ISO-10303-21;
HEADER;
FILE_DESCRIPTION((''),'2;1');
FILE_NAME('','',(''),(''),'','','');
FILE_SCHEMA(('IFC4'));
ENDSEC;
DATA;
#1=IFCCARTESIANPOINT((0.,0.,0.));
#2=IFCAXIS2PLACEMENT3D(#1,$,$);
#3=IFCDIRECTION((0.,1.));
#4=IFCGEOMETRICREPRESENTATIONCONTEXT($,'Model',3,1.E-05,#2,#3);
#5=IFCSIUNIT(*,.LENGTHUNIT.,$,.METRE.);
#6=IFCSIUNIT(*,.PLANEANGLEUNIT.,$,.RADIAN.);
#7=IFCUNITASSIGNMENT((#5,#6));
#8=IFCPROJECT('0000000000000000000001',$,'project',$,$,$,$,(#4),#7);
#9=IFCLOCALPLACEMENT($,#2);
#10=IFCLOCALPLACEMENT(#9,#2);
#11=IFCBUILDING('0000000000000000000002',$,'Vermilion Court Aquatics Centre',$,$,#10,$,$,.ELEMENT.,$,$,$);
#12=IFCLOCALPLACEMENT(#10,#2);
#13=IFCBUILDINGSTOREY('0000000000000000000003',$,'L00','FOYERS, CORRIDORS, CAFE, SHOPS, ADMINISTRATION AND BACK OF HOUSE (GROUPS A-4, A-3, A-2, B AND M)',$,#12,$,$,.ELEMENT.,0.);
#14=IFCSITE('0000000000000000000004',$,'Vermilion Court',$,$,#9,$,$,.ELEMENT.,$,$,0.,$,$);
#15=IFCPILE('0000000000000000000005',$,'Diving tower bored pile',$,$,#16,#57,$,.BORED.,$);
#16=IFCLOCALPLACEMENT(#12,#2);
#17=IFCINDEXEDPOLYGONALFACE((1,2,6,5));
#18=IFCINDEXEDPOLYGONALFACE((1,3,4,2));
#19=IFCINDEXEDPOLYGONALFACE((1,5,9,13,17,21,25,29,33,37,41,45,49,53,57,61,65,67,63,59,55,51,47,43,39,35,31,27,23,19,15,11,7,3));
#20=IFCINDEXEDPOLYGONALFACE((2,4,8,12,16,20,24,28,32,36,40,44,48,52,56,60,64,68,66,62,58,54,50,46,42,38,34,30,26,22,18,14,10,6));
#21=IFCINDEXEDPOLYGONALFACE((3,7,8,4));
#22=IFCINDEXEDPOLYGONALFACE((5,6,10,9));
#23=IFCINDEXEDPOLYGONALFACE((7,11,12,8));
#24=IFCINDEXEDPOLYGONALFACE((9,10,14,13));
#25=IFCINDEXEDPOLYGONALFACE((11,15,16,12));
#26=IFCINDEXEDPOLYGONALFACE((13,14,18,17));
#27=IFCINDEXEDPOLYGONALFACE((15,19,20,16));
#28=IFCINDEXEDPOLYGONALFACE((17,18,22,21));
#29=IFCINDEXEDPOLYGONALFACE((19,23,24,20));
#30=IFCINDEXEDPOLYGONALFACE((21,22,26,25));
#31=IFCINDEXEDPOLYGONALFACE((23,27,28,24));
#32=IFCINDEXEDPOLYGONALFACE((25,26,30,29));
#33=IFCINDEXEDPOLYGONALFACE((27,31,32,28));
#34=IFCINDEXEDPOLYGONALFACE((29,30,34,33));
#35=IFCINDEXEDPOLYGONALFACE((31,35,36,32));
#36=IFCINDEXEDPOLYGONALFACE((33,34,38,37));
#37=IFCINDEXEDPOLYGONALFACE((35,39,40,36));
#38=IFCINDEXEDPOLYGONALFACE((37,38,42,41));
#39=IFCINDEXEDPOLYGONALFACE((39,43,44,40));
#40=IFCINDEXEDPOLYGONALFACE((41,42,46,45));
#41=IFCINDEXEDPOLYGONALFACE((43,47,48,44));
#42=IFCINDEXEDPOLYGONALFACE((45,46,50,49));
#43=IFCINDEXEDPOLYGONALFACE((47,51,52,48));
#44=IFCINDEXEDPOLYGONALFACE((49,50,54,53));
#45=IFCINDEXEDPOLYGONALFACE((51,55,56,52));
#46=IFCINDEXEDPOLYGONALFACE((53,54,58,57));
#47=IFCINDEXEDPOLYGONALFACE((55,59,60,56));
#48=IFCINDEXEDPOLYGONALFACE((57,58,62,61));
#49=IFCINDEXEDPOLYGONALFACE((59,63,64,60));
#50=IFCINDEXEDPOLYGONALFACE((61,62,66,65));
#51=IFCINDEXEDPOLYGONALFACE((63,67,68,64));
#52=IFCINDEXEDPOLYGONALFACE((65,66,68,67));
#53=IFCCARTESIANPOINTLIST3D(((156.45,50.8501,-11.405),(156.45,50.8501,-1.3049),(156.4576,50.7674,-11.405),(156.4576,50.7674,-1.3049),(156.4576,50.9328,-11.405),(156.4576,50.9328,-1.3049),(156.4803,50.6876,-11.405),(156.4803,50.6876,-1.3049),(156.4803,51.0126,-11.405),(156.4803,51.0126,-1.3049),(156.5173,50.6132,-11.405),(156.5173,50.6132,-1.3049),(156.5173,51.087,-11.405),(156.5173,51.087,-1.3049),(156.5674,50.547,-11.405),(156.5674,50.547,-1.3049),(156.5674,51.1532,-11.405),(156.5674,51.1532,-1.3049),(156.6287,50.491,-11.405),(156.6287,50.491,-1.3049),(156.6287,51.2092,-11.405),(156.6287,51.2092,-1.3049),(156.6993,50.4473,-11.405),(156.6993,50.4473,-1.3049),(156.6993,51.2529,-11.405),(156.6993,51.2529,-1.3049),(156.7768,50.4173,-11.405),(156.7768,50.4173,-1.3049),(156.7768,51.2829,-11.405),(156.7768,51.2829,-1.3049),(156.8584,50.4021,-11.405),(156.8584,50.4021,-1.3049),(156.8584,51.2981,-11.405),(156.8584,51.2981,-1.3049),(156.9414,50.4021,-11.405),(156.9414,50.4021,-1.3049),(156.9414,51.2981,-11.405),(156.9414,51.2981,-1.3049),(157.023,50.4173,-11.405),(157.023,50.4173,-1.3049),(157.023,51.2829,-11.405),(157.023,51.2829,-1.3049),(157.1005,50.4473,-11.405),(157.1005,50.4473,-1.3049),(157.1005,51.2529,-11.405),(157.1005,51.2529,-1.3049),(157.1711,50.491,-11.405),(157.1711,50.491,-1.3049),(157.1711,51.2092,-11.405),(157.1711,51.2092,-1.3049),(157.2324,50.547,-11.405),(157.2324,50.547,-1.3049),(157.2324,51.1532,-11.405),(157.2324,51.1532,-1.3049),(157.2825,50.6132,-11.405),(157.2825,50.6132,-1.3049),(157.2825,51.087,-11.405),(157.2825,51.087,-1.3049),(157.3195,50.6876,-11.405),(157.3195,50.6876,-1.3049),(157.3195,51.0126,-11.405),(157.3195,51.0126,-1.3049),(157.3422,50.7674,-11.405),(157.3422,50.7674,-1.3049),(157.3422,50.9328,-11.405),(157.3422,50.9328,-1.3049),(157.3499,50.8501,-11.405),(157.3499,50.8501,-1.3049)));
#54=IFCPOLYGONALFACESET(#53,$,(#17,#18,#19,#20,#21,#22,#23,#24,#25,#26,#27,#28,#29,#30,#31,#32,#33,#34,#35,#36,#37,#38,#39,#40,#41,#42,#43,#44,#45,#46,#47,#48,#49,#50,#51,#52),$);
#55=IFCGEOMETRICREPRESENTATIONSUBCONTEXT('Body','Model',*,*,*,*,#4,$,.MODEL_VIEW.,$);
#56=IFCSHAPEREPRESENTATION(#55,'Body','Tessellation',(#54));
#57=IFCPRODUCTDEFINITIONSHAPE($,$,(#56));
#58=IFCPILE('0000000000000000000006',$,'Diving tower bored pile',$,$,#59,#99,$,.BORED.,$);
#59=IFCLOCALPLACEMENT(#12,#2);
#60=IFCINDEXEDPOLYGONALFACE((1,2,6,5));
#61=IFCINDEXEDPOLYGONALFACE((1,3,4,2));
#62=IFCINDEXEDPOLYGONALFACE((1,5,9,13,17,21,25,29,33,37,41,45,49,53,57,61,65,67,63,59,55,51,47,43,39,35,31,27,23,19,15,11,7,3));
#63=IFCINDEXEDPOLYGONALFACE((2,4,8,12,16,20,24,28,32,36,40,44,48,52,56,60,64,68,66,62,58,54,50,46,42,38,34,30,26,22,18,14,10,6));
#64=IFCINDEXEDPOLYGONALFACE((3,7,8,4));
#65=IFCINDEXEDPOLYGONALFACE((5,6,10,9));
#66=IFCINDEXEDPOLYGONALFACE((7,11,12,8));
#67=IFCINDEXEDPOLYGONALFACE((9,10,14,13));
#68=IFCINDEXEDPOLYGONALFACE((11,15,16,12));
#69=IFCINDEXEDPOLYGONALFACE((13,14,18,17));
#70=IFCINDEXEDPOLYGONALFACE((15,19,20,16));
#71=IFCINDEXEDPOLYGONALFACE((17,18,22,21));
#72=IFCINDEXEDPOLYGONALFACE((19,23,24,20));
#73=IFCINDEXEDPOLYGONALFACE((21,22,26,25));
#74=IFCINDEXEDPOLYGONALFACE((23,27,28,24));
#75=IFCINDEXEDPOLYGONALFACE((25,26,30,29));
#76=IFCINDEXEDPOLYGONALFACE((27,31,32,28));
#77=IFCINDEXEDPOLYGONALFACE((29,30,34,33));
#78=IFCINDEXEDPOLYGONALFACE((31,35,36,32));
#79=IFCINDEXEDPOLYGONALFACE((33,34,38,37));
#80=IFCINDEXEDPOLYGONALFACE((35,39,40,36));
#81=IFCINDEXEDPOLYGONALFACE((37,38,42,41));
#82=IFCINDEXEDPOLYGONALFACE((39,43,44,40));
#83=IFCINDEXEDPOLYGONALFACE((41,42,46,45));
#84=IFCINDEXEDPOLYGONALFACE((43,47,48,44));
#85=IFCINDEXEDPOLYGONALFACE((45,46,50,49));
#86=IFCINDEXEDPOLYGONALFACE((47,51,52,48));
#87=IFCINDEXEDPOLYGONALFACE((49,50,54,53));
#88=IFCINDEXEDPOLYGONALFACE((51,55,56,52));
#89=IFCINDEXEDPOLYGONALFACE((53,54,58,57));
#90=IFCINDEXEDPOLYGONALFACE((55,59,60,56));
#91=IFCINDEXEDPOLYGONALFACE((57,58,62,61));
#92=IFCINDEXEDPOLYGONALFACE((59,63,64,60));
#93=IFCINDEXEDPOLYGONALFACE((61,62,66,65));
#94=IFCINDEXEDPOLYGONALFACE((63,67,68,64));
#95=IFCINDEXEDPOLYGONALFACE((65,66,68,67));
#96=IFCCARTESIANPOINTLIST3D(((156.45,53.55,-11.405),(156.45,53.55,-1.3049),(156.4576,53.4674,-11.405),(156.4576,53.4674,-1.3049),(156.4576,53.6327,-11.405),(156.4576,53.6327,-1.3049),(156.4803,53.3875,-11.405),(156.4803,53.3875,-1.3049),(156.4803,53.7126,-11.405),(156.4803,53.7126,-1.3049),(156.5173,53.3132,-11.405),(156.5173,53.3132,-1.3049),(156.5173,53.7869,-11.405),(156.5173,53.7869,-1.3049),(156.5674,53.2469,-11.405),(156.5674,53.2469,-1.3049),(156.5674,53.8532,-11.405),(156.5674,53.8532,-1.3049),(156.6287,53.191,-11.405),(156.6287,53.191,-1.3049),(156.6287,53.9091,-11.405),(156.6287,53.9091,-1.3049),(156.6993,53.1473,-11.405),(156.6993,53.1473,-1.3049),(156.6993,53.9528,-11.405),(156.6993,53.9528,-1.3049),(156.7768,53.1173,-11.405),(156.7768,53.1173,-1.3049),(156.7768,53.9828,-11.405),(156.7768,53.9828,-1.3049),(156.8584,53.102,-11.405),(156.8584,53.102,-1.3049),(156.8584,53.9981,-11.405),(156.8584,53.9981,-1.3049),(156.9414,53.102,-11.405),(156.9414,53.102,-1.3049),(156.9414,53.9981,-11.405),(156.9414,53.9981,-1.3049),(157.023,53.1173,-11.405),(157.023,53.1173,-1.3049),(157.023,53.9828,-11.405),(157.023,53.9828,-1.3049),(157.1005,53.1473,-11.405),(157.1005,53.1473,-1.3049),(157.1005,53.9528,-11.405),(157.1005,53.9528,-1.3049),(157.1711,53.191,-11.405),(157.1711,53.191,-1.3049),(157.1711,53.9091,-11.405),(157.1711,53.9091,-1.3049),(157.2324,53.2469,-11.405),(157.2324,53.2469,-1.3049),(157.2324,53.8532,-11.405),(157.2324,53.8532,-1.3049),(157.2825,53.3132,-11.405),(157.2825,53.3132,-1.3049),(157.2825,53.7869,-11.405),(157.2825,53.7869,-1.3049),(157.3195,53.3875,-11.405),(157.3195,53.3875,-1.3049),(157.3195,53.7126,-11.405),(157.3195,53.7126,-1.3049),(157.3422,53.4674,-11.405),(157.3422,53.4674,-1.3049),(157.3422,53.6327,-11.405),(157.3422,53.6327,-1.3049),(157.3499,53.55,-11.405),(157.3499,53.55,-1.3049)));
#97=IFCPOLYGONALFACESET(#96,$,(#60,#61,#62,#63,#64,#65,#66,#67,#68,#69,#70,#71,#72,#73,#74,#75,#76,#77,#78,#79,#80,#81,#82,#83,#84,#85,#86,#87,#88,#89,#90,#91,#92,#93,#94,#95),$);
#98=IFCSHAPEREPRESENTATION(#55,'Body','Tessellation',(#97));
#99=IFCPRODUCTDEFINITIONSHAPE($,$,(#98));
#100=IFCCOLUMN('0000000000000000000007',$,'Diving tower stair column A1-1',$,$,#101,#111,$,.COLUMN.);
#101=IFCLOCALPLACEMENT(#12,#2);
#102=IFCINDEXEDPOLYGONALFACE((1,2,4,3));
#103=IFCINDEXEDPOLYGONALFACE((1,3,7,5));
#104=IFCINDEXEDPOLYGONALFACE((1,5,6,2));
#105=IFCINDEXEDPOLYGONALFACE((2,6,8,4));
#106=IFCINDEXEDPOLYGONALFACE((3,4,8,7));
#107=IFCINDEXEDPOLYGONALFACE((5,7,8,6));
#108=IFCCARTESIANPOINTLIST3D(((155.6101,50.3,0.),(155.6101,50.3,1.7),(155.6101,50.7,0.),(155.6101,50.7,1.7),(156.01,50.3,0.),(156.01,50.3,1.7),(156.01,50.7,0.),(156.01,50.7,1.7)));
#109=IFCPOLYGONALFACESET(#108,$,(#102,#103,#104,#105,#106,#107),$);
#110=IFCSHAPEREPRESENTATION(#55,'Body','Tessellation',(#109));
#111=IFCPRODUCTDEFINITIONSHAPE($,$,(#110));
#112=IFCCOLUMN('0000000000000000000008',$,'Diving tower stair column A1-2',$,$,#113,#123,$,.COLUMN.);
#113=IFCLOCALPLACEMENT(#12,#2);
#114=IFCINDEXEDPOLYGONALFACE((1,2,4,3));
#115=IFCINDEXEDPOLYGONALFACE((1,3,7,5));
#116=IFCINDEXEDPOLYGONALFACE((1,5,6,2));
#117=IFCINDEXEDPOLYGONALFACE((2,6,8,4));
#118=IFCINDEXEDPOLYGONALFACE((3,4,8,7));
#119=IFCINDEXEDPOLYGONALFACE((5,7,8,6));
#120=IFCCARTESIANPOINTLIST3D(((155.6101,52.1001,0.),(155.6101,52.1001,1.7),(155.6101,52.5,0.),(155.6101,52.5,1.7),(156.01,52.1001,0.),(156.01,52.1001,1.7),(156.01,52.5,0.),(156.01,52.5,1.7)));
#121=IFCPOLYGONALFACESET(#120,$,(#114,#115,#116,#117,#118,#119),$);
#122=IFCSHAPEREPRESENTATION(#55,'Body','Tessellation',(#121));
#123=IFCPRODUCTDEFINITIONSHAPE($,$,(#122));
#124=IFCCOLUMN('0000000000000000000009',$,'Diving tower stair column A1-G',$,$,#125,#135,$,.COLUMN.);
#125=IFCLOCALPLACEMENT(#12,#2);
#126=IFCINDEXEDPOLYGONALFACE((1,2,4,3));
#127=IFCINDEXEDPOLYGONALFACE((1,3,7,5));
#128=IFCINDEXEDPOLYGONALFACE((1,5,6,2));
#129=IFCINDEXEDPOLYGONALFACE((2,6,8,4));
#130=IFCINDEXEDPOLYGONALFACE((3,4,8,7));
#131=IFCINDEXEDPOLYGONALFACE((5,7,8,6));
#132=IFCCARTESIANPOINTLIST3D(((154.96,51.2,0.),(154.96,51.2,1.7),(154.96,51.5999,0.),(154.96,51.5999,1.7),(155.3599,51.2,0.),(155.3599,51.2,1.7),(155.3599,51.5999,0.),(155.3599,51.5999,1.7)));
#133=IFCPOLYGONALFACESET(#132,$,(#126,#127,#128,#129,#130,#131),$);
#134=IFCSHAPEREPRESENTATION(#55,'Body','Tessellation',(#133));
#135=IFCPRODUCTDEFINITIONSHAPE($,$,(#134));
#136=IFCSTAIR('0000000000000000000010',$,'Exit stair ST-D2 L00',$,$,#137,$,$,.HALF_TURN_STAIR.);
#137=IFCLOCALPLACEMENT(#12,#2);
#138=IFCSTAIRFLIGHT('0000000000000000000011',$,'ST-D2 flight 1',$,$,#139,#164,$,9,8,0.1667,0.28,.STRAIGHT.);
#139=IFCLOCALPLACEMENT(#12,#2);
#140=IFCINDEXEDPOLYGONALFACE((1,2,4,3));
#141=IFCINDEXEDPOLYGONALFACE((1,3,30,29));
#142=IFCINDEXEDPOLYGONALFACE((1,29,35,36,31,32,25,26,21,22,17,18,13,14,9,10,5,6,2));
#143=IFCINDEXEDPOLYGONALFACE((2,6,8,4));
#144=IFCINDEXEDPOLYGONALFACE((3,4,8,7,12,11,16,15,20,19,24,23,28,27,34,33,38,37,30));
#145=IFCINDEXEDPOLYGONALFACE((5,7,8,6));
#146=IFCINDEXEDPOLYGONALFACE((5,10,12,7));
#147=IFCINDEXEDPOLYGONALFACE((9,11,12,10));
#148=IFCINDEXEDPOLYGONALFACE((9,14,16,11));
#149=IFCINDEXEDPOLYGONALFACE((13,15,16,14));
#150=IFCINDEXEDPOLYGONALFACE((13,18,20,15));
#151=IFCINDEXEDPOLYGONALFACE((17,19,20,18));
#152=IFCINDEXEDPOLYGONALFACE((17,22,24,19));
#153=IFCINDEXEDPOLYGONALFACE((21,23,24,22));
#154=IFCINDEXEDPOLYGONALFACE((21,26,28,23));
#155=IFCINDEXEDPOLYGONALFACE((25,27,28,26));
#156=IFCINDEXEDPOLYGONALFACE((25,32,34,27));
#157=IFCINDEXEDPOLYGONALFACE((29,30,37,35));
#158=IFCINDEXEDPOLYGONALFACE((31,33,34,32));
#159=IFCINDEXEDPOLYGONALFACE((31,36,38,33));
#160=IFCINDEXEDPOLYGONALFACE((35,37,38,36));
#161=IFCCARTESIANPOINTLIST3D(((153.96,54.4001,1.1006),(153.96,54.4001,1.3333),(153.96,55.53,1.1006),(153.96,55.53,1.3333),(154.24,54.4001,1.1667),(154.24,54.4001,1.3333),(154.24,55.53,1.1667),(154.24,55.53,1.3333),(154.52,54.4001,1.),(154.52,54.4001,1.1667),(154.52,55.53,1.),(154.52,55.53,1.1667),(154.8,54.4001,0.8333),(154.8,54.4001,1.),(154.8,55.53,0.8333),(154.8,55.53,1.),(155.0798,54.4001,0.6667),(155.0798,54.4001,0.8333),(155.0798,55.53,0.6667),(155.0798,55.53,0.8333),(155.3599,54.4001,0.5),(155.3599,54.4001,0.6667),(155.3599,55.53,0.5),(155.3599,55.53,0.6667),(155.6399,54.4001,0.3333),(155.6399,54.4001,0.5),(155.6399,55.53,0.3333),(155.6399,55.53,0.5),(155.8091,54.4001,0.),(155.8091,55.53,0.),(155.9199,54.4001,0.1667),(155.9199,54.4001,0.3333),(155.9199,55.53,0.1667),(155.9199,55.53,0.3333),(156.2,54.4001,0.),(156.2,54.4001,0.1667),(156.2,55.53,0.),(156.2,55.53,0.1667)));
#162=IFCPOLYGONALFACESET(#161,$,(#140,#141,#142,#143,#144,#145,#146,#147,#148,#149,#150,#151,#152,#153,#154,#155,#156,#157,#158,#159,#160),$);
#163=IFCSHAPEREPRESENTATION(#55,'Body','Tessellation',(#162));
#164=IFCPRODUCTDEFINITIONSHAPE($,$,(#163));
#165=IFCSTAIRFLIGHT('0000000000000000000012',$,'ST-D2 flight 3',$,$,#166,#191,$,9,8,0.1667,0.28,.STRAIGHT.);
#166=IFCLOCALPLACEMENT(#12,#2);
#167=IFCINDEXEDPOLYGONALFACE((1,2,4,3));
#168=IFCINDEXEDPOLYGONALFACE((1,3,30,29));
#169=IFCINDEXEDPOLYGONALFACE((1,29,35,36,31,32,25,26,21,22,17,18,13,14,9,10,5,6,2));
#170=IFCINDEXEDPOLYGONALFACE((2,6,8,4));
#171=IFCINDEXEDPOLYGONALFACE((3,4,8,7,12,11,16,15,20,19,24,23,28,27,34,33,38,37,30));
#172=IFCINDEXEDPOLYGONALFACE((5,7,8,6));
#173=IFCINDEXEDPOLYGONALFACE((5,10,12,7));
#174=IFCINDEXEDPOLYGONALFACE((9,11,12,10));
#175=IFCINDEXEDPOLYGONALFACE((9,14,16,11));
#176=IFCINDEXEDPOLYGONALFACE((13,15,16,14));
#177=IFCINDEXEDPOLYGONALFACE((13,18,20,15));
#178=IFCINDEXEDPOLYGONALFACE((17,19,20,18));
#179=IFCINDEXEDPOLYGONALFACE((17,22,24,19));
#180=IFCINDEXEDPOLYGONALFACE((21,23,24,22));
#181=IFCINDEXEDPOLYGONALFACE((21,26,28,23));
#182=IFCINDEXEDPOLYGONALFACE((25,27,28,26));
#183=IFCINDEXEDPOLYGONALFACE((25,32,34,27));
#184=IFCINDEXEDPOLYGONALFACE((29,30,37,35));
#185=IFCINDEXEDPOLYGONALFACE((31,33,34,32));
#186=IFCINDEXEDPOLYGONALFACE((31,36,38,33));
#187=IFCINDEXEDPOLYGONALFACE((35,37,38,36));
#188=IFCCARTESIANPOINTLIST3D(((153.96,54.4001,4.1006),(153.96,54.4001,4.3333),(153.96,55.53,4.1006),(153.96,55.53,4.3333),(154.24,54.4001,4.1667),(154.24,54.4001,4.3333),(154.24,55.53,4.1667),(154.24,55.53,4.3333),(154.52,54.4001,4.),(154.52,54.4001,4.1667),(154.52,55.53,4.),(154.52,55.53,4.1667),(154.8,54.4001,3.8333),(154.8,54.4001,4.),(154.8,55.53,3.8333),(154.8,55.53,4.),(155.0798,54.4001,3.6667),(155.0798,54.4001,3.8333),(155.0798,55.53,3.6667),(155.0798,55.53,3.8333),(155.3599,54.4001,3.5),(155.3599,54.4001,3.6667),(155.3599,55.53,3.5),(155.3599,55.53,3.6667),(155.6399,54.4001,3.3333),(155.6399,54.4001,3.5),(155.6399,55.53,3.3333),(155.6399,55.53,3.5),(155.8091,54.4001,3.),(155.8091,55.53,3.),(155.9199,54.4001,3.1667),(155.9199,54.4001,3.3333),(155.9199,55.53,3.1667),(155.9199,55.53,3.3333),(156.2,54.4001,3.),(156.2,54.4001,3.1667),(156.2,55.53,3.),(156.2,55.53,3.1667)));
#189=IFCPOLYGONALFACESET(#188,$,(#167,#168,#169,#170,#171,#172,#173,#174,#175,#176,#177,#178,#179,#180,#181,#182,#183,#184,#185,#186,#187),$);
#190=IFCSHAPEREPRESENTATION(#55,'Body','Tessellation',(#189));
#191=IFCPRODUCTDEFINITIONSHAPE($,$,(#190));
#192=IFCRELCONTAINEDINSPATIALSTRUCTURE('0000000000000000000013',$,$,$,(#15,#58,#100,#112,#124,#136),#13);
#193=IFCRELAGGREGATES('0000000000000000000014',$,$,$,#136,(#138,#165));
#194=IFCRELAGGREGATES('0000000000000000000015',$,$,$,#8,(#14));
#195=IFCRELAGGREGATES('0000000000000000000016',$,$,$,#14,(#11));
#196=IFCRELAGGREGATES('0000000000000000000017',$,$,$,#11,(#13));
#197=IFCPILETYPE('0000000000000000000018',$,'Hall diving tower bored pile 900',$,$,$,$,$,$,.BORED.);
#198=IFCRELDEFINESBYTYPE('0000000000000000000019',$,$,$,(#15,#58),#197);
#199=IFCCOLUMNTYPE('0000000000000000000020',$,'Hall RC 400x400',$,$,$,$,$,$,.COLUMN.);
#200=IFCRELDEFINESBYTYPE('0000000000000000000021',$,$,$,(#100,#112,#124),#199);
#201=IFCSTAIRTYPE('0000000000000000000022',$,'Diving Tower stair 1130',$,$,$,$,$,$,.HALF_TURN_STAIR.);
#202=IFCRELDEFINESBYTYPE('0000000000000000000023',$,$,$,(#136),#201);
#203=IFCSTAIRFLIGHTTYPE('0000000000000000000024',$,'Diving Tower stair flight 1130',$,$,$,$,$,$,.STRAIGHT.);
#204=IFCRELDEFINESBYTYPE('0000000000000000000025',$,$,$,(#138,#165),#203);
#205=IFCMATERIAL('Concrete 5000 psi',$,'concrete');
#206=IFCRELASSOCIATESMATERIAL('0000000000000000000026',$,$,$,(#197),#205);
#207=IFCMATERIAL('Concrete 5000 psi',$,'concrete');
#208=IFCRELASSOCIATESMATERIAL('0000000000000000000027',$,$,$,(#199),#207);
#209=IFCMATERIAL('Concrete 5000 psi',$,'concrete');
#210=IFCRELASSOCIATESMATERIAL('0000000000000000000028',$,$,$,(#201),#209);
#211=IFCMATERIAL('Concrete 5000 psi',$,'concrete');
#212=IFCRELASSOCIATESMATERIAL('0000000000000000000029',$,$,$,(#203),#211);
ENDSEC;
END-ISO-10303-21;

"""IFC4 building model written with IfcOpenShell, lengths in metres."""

from ifc_helpers import new_model, si_unit, direction, frame, origin, origin_2d, place, context, subcontext, project, spatial, polyline, rectangle, circle, outline, extrude, material, material_profile, profile_set, type_object, element, aggregate, save


model = new_model("IFC4")

# Units and contexts
model_context = context("Model", 3, precision=1e-05, world=origin(), true_north=direction((0.0, 1.0)))
body_context = subcontext(model_context, "Body", "Model", "MODEL_VIEW")
ifc_project = project(units=[si_unit("LENGTHUNIT", "METRE"), si_unit("PLANEANGLEUNIT", "RADIAN")], contexts=[model_context])

# Site, building, storey
site_placement = place(None, origin())
site = spatial("IfcSite", under=ifc_project, at=site_placement, Name="Vermilion Court", CompositionType="ELEMENT", RefElevation=0.0)
building_placement = place(site_placement, origin())
building = spatial("IfcBuilding", under=site, at=building_placement, Name="Vermilion Court Aquatics Centre", CompositionType="ELEMENT")
storey_placement = place(building_placement, origin())
storey = spatial("IfcBuildingStorey", under=building, at=storey_placement, Name="L00", Description="FOYERS, CORRIDORS, CAFE, SHOPS, ADMINISTRATION AND BACK OF HOUSE (GROUPS A-4, A-3, A-2, B AND M)", CompositionType="ELEMENT", Elevation=0.0)

# Piles
ifc_material_1 = material(Name="Concrete 5000 psi", Category="concrete")
ifc_material_profile_1 = material_profile(ifc_material_1, circle(Radius=0.45, at=origin_2d()), Name="D900")
ifc_profile_set_1 = profile_set([ifc_material_profile_1], Name="Concrete 5000 psi")
pile_type = type_object("IfcPileType", Name="Hall diving tower bored pile 900", PredefinedType="BORED", material=ifc_profile_set_1)
for number, where, z_axis, x_axis, name in (
    (1, (156.8999, 50.8501, -1.3049), (0.0, 0.0, -1.0), (1.0, 0.0, 0.0), "Diving tower bored pile"),
    (2, (156.8999, 53.55, -1.3049), (0.0, 0.0, -1.0), (1.0, 0.0, 0.0), "Diving tower bored pile"),
):
    element("IfcPile", number, at=place(storey_placement, frame(where, z_axis=z_axis, x_axis=x_axis)), inside=storey, type_object=pile_type, Name=name, PredefinedType="BORED", context=body_context, shape_type="SweptSolid", body=[
        extrude(circle(Radius=0.45, at=origin_2d()), origin(), (0.0, 0.0, 1.0), 10.1001),
    ])

# Columns
ifc_material_2 = material(Name="Concrete 5000 psi", Category="concrete")
ifc_material_profile_2 = material_profile(ifc_material_2, rectangle(XDim=0.3999, YDim=0.3999, at=origin_2d()), Name="RC 400x400")
ifc_profile_set_2 = profile_set([ifc_material_profile_2], Name="Concrete 5000 psi")
column_type = type_object("IfcColumnType", Name="Hall RC 400x400", PredefinedType="COLUMN", material=ifc_profile_set_2)
for number, where, z_axis, x_axis, name in (
    (3, (155.8101, 50.5, 0.0), (0.0, 0.0, 1.0), (1.0, 0.0, 0.0), "Diving tower stair column A1-1"),
    (4, (155.8101, 52.3, 0.0), (0.0, 0.0, 1.0), (1.0, 0.0, 0.0), "Diving tower stair column A1-2"),
    (5, (155.1599, 51.3999, 0.0), (0.0, 0.0, 1.0), (1.0, 0.0, 0.0), "Diving tower stair column A1-G"),
):
    element("IfcColumn", number, at=place(storey_placement, frame(where, z_axis=z_axis, x_axis=x_axis)), inside=storey, type_object=column_type, Name=name, PredefinedType="COLUMN", context=body_context, shape_type="SweptSolid", body=[
        extrude(rectangle(XDim=0.3999, YDim=0.3999, at=origin_2d()), origin(), (0.0, 0.0, 1.0), 1.7),
    ])

# Stair, stair flights
ifc_material_3 = material(Name="Concrete 5000 psi", Category="concrete")
stair_type_1 = type_object("IfcStairType", Name="Diving Tower stair 1130", PredefinedType="HALF_TURN_STAIR", material=ifc_material_3)
stair_1_placement = place(storey_placement, origin())
stair_1 = element("IfcStair", 6, at=stair_1_placement, inside=storey, type_object=stair_type_1, Name="Exit stair ST-D2 L00", PredefinedType="HALF_TURN_STAIR")
ifc_material_4 = material(Name="Concrete 5000 psi", Category="concrete")
stair_flight_type_1 = type_object("IfcStairFlightType", Name="Diving Tower stair flight 1130", PredefinedType="STRAIGHT", material=ifc_material_4)
stair_flight_1_placement = place(storey_placement, frame((156.2, 54.9651, 0.0), z_axis=(0.0, 0.0, 1.0), x_axis=(-1.0, 0.0, 0.0)))
stair_flight_1 = element("IfcStairFlight", 7, at=stair_flight_1_placement, type_object=stair_flight_type_1, Name="ST-D2 flight 1", NumberOfRisers=9, NumberOfTreads=8, PredefinedType="STRAIGHT", RiserHeight=0.1667, TreadLength=0.28, context=body_context, shape_type="SweptSolid", body=[
    extrude(outline(polyline([(0.0, 0.0), (0.0, 0.1667), (0.28, 0.1667), (0.28, 0.3333), (0.5601, 0.3333), (0.5601, 0.5), (0.8401, 0.5), (0.8401, 0.6667), (1.1201, 0.6667), (1.1201, 0.8333), (1.3999, 0.8333), (1.3999, 1.0), (1.6799, 1.0), (1.6799, 1.1667), (1.96, 1.1667), (1.96, 1.3333), (2.24, 1.3333), (2.24, 1.5), (2.24, 1.1006), (0.3909, 0.0), (0.0, 0.0)])), frame((0.0, 0.5649, 0.0), z_axis=(0.0, -1.0, 0.0), x_axis=(1.0, 0.0, 0.0)), (0.0, 0.0, 1.0), 1.1299),
])
stair_flight_2_placement = place(storey_placement, frame((156.2, 54.9651, 3.0), z_axis=(0.0, 0.0, 1.0), x_axis=(-1.0, 0.0, 0.0)))
stair_flight_2 = element("IfcStairFlight", 8, at=stair_flight_2_placement, type_object=stair_flight_type_1, Name="ST-D2 flight 3", NumberOfRisers=9, NumberOfTreads=8, PredefinedType="STRAIGHT", RiserHeight=0.1667, TreadLength=0.28, context=body_context, shape_type="SweptSolid", body=[
    extrude(outline(polyline([(0.0, 0.0), (0.0, 0.1667), (0.28, 0.1667), (0.28, 0.3333), (0.5601, 0.3333), (0.5601, 0.5), (0.8401, 0.5), (0.8401, 0.6667), (1.1201, 0.6667), (1.1201, 0.8333), (1.3999, 0.8333), (1.3999, 1.0), (1.6799, 1.0), (1.6799, 1.1667), (1.96, 1.1667), (1.96, 1.3333), (2.24, 1.3333), (2.24, 1.5), (2.24, 1.1006), (0.3909, 0.0), (0.0, 0.0)])), frame((0.0, 0.5649, 0.0), z_axis=(0.0, -1.0, 0.0), x_axis=(1.0, 0.0, 0.0)), (0.0, 0.0, 1.0), 1.1299),
])
aggregate(stair_1, [stair_flight_1, stair_flight_2])

save(model, "model.ifc")
